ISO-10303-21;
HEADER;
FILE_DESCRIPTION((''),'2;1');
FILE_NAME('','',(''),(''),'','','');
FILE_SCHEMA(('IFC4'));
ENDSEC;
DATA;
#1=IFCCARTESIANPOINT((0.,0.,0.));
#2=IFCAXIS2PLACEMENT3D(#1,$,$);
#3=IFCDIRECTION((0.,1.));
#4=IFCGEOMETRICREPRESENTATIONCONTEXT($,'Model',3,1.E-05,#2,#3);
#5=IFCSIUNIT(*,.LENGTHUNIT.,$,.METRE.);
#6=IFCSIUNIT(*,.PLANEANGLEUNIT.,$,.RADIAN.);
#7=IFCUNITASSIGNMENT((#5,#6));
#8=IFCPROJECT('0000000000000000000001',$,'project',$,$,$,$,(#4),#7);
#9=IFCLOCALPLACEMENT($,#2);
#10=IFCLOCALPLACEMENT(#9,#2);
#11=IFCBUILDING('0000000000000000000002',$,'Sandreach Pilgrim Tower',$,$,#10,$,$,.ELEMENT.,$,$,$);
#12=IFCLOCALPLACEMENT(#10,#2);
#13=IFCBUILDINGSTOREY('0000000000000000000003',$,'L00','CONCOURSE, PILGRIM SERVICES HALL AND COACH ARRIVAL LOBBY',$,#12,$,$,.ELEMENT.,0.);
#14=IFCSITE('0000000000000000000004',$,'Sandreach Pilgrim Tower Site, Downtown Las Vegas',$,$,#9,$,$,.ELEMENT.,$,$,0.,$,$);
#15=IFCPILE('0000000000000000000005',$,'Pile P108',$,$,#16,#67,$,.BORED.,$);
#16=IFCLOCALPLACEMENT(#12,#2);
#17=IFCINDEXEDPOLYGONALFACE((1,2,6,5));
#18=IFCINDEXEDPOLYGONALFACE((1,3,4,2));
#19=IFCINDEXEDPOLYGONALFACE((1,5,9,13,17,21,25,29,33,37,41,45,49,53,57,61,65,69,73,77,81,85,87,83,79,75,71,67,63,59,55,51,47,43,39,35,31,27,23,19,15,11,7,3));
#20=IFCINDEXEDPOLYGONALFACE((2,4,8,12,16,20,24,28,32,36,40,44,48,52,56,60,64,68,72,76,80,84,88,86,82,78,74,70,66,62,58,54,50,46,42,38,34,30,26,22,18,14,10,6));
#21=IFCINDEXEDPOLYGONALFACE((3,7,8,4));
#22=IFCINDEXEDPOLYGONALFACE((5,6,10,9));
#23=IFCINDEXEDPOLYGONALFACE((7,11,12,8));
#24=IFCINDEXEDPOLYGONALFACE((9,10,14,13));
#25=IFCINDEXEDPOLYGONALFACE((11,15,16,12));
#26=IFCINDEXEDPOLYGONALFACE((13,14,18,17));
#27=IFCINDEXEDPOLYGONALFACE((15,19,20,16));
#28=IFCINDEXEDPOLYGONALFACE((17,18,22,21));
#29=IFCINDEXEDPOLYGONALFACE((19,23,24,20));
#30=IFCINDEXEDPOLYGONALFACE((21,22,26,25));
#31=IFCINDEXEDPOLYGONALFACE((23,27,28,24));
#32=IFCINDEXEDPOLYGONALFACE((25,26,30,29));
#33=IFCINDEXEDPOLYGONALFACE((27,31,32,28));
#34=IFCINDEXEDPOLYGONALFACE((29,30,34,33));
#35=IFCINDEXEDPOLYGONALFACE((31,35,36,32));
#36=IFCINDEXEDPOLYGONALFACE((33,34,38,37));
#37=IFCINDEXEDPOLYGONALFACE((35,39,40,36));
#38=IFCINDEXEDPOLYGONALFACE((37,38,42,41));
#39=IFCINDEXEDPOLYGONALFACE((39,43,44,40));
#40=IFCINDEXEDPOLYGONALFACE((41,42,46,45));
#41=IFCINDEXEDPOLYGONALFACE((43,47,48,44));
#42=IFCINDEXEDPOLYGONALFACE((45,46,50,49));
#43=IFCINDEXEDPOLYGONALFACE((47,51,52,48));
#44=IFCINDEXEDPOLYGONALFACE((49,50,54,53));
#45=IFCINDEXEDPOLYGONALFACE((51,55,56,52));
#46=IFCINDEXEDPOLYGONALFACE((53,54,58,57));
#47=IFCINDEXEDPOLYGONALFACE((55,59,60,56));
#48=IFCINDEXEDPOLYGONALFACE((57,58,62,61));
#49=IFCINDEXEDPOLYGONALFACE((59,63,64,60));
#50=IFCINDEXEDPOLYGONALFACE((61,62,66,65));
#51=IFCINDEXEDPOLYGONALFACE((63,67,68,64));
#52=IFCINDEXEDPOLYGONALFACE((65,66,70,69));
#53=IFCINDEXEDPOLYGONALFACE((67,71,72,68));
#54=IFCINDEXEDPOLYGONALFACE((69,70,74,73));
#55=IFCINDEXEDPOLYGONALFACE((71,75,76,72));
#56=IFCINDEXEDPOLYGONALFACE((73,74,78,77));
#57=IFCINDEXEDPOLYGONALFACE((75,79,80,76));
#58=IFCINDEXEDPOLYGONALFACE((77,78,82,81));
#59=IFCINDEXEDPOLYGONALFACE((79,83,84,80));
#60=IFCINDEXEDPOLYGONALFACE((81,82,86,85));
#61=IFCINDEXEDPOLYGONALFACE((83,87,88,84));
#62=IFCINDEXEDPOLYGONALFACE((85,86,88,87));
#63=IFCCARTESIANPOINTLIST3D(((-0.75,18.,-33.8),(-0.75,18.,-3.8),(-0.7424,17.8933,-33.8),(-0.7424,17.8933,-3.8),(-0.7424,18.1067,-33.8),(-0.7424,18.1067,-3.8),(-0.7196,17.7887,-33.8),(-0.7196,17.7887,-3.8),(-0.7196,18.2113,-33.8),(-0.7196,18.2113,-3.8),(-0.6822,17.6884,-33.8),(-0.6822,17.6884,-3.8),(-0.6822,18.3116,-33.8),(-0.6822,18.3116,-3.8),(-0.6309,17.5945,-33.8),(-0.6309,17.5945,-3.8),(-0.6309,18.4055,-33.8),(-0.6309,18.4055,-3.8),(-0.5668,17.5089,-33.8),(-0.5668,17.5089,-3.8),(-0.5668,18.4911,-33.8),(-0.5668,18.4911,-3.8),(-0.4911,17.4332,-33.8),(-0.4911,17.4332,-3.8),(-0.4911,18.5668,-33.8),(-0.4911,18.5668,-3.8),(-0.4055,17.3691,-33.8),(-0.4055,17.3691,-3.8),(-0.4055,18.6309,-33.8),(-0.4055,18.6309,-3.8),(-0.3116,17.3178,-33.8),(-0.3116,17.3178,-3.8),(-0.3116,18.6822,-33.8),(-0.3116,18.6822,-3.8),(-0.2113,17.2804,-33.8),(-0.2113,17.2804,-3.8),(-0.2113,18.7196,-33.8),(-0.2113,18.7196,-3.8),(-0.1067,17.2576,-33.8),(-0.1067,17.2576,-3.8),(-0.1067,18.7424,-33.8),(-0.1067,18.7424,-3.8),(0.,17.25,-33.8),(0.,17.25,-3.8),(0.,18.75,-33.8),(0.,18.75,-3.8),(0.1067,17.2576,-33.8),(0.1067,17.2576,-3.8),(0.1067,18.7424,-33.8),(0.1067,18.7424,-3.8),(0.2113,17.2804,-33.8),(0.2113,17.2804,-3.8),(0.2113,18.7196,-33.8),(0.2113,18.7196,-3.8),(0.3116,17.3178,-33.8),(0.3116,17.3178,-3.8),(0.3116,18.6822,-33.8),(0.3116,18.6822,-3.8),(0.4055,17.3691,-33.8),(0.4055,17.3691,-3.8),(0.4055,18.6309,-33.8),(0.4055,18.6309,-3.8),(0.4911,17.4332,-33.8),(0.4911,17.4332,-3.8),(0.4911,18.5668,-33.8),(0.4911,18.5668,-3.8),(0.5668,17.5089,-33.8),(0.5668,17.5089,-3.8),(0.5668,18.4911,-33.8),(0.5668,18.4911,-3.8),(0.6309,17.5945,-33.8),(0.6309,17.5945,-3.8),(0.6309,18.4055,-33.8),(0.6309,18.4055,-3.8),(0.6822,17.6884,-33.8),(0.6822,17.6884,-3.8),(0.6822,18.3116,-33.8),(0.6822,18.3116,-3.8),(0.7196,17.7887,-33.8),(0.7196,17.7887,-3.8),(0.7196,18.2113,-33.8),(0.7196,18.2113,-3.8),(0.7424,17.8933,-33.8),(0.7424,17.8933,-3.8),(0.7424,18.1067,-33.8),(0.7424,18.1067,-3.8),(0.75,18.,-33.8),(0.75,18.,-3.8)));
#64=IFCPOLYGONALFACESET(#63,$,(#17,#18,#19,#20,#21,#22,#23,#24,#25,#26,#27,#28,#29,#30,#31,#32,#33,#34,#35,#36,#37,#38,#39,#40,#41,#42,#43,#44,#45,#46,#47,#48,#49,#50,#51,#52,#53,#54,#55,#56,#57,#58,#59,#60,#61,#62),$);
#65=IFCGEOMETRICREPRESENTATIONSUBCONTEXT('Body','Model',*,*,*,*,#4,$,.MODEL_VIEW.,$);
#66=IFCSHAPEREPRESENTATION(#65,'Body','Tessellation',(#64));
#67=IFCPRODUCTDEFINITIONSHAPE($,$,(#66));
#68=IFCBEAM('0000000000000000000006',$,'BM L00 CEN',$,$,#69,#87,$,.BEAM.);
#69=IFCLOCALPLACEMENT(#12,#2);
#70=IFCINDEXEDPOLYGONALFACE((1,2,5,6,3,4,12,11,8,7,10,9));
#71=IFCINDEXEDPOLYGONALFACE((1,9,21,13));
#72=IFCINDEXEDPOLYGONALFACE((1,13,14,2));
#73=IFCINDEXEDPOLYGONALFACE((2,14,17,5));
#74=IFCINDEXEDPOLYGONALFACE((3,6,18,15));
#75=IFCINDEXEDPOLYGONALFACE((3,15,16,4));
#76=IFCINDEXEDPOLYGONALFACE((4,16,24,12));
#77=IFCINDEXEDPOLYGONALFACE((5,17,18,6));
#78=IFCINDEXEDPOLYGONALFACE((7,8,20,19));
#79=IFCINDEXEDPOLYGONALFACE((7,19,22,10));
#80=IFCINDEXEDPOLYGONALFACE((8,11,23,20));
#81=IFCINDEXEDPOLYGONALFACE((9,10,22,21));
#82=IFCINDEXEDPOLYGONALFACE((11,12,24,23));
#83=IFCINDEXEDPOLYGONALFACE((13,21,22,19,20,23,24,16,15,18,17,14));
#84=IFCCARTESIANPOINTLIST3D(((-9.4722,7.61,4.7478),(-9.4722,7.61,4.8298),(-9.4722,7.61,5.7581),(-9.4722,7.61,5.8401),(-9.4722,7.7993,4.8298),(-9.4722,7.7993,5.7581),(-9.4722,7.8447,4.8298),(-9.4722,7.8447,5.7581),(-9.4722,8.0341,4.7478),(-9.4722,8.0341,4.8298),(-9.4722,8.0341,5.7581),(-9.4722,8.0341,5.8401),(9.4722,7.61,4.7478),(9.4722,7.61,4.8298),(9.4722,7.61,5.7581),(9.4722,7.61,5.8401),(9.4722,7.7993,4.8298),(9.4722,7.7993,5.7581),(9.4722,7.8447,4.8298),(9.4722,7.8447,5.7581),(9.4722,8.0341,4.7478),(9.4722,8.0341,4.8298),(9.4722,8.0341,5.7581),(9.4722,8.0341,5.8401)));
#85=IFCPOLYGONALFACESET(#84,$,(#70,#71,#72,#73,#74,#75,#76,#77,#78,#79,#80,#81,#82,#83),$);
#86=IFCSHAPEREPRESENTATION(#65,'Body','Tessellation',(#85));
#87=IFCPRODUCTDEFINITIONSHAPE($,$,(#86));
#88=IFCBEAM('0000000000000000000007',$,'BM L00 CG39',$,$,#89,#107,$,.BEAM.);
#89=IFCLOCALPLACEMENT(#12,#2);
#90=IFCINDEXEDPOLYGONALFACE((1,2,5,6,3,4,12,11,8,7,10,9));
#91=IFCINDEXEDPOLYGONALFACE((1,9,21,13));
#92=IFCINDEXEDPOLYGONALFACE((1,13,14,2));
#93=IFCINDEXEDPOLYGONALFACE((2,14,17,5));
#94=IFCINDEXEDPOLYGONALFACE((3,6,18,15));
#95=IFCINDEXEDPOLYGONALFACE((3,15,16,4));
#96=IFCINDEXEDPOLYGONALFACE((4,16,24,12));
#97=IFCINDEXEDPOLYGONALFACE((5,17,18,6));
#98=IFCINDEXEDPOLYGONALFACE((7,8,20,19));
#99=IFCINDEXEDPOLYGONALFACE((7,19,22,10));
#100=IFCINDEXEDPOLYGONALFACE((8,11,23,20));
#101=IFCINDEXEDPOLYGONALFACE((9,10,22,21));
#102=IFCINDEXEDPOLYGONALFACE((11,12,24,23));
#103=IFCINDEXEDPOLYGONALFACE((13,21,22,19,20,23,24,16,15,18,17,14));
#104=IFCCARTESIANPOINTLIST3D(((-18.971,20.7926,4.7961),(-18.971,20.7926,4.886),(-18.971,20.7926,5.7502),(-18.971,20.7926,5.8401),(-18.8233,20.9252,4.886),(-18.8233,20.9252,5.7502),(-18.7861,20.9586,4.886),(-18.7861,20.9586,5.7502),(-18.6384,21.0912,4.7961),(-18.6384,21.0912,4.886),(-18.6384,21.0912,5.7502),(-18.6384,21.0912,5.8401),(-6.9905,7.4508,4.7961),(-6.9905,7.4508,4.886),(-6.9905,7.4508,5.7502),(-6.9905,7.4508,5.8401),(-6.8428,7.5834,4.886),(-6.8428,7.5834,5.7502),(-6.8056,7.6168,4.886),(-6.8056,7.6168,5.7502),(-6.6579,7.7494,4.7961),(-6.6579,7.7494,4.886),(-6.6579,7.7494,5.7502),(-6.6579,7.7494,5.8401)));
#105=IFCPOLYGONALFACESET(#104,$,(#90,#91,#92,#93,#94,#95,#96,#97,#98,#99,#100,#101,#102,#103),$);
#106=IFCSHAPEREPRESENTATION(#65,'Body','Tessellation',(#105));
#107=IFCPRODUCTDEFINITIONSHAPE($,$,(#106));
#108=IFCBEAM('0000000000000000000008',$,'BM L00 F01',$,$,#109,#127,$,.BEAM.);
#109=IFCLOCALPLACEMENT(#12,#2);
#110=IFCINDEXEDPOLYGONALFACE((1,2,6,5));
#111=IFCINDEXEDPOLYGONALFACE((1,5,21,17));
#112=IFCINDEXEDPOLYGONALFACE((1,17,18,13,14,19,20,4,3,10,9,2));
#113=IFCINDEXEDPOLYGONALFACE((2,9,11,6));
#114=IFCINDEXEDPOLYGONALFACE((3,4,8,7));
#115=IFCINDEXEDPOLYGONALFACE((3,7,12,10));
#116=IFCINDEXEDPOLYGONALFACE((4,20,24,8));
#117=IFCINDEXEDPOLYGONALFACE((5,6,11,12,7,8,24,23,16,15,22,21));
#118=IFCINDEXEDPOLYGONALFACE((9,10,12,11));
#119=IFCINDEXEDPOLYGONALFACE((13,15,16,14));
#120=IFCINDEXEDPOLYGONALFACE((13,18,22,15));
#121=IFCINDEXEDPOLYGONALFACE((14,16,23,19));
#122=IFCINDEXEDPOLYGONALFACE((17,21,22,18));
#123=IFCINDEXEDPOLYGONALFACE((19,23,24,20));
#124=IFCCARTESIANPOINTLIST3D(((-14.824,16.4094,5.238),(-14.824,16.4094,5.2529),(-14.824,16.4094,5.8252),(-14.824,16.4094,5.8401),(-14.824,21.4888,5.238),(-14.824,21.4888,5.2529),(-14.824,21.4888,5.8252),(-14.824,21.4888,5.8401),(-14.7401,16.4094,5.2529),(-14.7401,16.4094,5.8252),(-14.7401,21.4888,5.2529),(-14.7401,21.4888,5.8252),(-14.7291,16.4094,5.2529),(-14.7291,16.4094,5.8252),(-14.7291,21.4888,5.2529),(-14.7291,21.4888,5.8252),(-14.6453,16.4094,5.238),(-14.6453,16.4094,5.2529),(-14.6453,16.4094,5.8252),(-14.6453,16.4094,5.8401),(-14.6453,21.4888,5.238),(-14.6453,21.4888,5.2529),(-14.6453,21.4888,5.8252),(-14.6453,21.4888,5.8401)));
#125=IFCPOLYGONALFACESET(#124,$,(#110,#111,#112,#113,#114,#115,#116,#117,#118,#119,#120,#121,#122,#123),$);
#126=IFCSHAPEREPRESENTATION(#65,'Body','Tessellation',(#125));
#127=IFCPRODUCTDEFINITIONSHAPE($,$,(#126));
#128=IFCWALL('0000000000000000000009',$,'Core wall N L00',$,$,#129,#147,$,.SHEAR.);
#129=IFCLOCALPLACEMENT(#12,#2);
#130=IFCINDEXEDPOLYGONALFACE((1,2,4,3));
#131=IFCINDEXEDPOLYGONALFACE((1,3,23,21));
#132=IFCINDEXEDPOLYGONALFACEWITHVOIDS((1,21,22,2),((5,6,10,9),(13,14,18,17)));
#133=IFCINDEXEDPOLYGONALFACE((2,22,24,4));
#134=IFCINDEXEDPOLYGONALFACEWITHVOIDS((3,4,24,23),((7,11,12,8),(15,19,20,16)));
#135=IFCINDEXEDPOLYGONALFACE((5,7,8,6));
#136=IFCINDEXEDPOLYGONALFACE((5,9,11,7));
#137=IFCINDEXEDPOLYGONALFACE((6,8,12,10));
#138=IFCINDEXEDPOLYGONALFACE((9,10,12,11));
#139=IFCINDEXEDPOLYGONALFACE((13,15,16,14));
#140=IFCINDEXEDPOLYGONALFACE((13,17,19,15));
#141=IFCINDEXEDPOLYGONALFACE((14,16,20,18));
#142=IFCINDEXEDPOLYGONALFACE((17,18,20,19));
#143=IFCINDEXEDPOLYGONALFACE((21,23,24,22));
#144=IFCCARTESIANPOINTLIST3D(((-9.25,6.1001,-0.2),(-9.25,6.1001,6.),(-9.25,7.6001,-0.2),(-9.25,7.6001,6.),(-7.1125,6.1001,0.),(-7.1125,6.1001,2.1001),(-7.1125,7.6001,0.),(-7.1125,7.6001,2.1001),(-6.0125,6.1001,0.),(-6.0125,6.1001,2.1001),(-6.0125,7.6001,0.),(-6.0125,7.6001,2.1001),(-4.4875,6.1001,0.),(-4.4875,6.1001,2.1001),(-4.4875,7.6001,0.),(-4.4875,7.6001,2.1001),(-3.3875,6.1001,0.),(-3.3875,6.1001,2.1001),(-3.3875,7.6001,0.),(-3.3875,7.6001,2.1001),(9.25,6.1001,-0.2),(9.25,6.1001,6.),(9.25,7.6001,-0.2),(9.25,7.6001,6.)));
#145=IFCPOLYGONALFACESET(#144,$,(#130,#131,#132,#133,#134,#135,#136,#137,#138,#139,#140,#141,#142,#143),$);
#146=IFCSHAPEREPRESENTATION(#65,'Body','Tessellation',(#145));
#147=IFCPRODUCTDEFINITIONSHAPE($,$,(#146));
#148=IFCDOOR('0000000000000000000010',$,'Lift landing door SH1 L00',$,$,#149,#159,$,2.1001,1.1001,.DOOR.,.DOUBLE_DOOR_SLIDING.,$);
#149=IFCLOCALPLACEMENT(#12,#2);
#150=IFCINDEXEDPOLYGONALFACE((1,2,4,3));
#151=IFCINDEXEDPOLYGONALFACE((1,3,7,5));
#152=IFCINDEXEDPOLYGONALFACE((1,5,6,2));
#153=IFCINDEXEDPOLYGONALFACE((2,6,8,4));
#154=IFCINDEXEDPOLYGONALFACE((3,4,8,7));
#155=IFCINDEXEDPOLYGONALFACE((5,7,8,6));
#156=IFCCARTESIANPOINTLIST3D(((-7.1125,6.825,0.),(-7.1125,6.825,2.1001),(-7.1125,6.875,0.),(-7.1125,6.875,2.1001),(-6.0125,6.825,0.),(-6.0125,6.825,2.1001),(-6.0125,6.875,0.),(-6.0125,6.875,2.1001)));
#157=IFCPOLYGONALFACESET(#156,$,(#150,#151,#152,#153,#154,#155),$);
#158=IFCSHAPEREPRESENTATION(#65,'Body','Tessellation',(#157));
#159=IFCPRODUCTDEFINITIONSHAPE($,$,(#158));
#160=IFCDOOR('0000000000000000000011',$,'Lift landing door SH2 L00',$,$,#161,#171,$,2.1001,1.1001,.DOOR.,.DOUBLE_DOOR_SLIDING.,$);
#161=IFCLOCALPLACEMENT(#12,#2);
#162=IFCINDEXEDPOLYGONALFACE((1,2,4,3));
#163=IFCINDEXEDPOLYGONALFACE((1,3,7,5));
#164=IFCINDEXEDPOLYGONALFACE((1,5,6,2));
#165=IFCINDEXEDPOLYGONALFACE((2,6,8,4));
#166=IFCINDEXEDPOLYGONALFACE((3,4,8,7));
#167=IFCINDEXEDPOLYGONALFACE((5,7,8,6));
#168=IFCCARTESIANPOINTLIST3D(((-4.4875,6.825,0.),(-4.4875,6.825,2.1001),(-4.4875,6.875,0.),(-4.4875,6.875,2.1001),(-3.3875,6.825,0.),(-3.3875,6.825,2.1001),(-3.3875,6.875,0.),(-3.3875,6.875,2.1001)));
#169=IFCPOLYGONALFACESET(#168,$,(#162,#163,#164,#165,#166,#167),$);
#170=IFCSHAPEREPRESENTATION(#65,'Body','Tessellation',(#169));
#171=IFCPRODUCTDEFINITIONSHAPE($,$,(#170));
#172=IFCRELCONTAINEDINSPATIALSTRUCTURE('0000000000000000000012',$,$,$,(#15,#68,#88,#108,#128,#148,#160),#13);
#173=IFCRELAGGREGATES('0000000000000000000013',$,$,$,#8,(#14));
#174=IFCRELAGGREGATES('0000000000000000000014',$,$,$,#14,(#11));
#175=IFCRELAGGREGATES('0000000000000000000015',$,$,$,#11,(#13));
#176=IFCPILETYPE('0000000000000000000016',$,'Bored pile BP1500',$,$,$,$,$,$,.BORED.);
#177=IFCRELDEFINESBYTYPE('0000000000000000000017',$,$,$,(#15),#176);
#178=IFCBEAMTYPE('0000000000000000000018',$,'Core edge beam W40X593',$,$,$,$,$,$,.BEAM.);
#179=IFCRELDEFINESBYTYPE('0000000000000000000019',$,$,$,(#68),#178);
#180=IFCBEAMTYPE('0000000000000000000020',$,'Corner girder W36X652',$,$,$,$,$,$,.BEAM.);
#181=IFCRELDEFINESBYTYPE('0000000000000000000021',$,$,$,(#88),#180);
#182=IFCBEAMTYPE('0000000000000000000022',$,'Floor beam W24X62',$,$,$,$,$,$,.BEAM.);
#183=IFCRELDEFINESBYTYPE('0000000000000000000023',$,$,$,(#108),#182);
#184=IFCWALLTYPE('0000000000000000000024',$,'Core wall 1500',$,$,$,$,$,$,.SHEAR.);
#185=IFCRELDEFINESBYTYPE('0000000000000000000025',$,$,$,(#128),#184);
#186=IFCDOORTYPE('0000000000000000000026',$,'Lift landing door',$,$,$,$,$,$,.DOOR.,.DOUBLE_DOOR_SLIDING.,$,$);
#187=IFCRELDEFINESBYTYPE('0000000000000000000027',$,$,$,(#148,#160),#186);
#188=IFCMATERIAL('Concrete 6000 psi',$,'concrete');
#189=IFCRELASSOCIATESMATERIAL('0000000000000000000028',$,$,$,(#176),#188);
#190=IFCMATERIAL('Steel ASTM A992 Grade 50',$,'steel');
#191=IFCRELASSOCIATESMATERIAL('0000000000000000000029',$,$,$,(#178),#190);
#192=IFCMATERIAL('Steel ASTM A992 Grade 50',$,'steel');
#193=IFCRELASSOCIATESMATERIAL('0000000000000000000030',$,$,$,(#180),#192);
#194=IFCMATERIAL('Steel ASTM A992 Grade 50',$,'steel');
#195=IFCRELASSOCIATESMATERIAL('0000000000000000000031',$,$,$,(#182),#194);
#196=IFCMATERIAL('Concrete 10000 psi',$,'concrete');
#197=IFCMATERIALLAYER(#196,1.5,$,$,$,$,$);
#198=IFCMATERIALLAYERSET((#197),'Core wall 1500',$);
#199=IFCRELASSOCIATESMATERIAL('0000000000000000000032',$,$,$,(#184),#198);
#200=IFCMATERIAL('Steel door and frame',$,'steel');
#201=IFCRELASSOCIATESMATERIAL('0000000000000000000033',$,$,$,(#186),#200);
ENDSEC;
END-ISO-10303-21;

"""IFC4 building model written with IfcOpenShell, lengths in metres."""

from ifc_helpers import new_model, si_unit, direction, frame, frame_2d, origin, origin_2d, place, context, subcontext, project, spatial, rectangle, circle, i_section, extrude, material, layer, layer_set, material_profile, profile_set, type_object, element, fill, save


model = new_model("IFC4")

# Units and contexts
model_context = context("Model", 3, precision=1e-05, world=origin(), true_north=direction((0.0, 1.0)))
body_context = subcontext(model_context, "Body", "Model", "MODEL_VIEW")
ifc_project = project(units=[si_unit("LENGTHUNIT", "METRE"), si_unit("PLANEANGLEUNIT", "RADIAN")], contexts=[model_context])

# Site, building, storey
site_placement = place(None, origin())
site = spatial("IfcSite", under=ifc_project, at=site_placement, Name="Sandreach Pilgrim Tower Site, Downtown Las Vegas", CompositionType="ELEMENT", RefElevation=0.0)
building_placement = place(site_placement, origin())
building = spatial("IfcBuilding", under=site, at=building_placement, Name="Sandreach Pilgrim Tower", CompositionType="ELEMENT")
storey_placement = place(building_placement, origin())
storey = spatial("IfcBuildingStorey", under=building, at=storey_placement, Name="L00", Description="CONCOURSE, PILGRIM SERVICES HALL AND COACH ARRIVAL LOBBY", CompositionType="ELEMENT", Elevation=0.0)

# Pile
ifc_material_1 = material(Name="Concrete 6000 psi", Category="concrete")
ifc_material_profile_1 = material_profile(ifc_material_1, circle(Radius=0.75, at=origin_2d()), Name="BP1500")
ifc_profile_set_1 = profile_set([ifc_material_profile_1], Name="Concrete 6000 psi")
pile_type = type_object("IfcPileType", Name="Bored pile BP1500", PredefinedType="BORED", material=ifc_profile_set_1)
for number, where, z_axis, x_axis, name in (
    (1, (0.0, 18.0, -3.8), (0.0, 0.0, -1.0), (1.0, 0.0, 0.0), "Pile P108"),
):
    element("IfcPile", number, at=place(storey_placement, frame(where, z_axis=z_axis, x_axis=x_axis)), inside=storey, type_object=pile_type, Name=name, PredefinedType="BORED", context=body_context, shape_type="SweptSolid", body=[
        extrude(circle(Radius=0.75, at=origin_2d()), origin(), (0.0, 0.0, 1.0), 30.0),
    ])

# Beams
ifc_material_2 = material(Name="Steel ASTM A992 Grade 50", Category="steel")
ifc_material_profile_2 = material_profile(ifc_material_2, i_section(OverallWidth=0.4241, OverallDepth=1.0923, WebThickness=0.0454, FlangeThickness=0.082, at=origin_2d()), Name="W40X593")
ifc_profile_set_2 = profile_set([ifc_material_profile_2], Name="Steel ASTM A992 Grade 50")
beam_type_1 = type_object("IfcBeamType", Name="Core edge beam W40X593", PredefinedType="BEAM", material=ifc_profile_set_2)
beam_1_placement = place(storey_placement, frame((-9.4722, 7.822, 5.2939), z_axis=(1.0, 0.0, 0.0), x_axis=(0.0, 1.0, 0.0)))
element("IfcBeam", 2, at=beam_1_placement, inside=storey, type_object=beam_type_1, Name="BM L00 CEN", PredefinedType="BEAM", context=body_context, shape_type="SweptSolid", body=[
    extrude(i_section(OverallWidth=0.4241, OverallDepth=1.0923, WebThickness=0.0454, FlangeThickness=0.082, at=origin_2d()), origin(), (0.0, 0.0, 1.0), 18.9443),
])
ifc_material_3 = material(Name="Steel ASTM A992 Grade 50", Category="steel")
ifc_material_profile_3 = material_profile(ifc_material_3, i_section(OverallWidth=0.447, OverallDepth=1.0439, WebThickness=0.05, FlangeThickness=0.0898, at=origin_2d()), Name="W36X652")
ifc_profile_set_3 = profile_set([ifc_material_profile_3], Name="Steel ASTM A992 Grade 50")
beam_type_2 = type_object("IfcBeamType", Name="Corner girder W36X652", PredefinedType="BEAM", material=ifc_profile_set_3)
beam_2_placement = place(storey_placement, frame((-18.8047, 20.9419, 5.3181), z_axis=(0.668128, -0.744047, 0.0), x_axis=(0.744047, 0.668128, 0.0)))
element("IfcBeam", 3, at=beam_2_placement, inside=storey, type_object=beam_type_2, Name="BM L00 CG39", PredefinedType="BEAM", context=body_context, shape_type="SweptSolid", body=[
    extrude(i_section(OverallWidth=0.447, OverallDepth=1.0439, WebThickness=0.05, FlangeThickness=0.0898, at=origin_2d()), origin(), (0.0, 0.0, 1.0), 17.9314),
])
ifc_material_4 = material(Name="Steel ASTM A992 Grade 50", Category="steel")
ifc_material_profile_4 = material_profile(ifc_material_4, i_section(OverallWidth=0.1787, OverallDepth=0.6021, WebThickness=0.011, FlangeThickness=0.0149, at=origin_2d()), Name="W24X62")
ifc_profile_set_4 = profile_set([ifc_material_profile_4], Name="Steel ASTM A992 Grade 50")
beam_type_3 = type_object("IfcBeamType", Name="Floor beam W24X62", PredefinedType="BEAM", material=ifc_profile_set_4)
beam_3_placement = place(storey_placement, frame((-14.7346, 21.4888, 5.5391), z_axis=(0.0, -1.0, 0.0), x_axis=(1.0, 0.0, 0.0)))
element("IfcBeam", 4, at=beam_3_placement, inside=storey, type_object=beam_type_3, Name="BM L00 F01", PredefinedType="BEAM", context=body_context, shape_type="SweptSolid", body=[
    extrude(i_section(OverallWidth=0.1787, OverallDepth=0.6021, WebThickness=0.011, FlangeThickness=0.0149, at=origin_2d()), origin(), (0.0, 0.0, 1.0), 5.0793),
])

# Wall, openings, doors
ifc_material_5 = material(Name="Concrete 10000 psi", Category="concrete")
ifc_layer_1 = layer(ifc_material_5, 1.5)
ifc_layer_set_1 = layer_set([ifc_layer_1], Name="Core wall 1500")
wall_type_1 = type_object("IfcWallType", Name="Core wall 1500", PredefinedType="SHEAR", material=ifc_layer_set_1)
wall_1_placement = place(storey_placement, frame((-9.25, 6.8501, -0.2), z_axis=(0.0, 0.0, 1.0), x_axis=(1.0, 0.0, 0.0)))
wall_1 = element("IfcWall", 5, at=wall_1_placement, inside=storey, type_object=wall_type_1, Name="Core wall N L00", PredefinedType="SHEAR", context=body_context, shape_type="SweptSolid", body=[
    extrude(rectangle(XDim=18.5, YDim=1.5, at=frame_2d((9.25, 0.0))), origin(), (0.0, 0.0, 1.0), 6.2),
])
opening_1_placement = place(wall_1_placement, frame((2.1375, 0.0, 0.2)))
opening_1 = element("IfcOpeningElement", 6, at=opening_1_placement, cuts=wall_1, PredefinedType="OPENING", context=body_context, shape_type="SweptSolid", body=[
    extrude(rectangle(XDim=1.1001, YDim=2.1001, at=frame_2d((0.55, 1.05))), frame((0.0, 0.75, 0.0), z_axis=(0.0, -1.0, 0.0), x_axis=(1.0, 0.0, 0.0)), (0.0, 0.0, 1.0), 1.5),
])
opening_2_placement = place(wall_1_placement, frame((4.7625, 0.0, 0.2)))
opening_2 = element("IfcOpeningElement", 7, at=opening_2_placement, cuts=wall_1, PredefinedType="OPENING", context=body_context, shape_type="SweptSolid", body=[
    extrude(rectangle(XDim=1.1001, YDim=2.1001, at=frame_2d((0.55, 1.05))), frame((0.0, 0.75, 0.0), z_axis=(0.0, -1.0, 0.0), x_axis=(1.0, 0.0, 0.0)), (0.0, 0.0, 1.0), 1.5),
])
ifc_material_6 = material(Name="Steel door and frame", Category="steel")
door_type_1 = type_object("IfcDoorType", Name="Lift landing door", OperationType="DOUBLE_DOOR_SLIDING", PredefinedType="DOOR", material=ifc_material_6)
door_1_placement = place(opening_1_placement, origin())
door_1 = element("IfcDoor", 8, at=door_1_placement, inside=storey, type_object=door_type_1, Name="Lift landing door SH1 L00", OperationType="DOUBLE_DOOR_SLIDING", OverallHeight=2.1001, OverallWidth=1.1001, PredefinedType="DOOR", context=body_context, shape_type="SweptSolid", body=[
    extrude(rectangle(XDim=1.1001, YDim=2.1001, at=frame_2d((0.55, 1.05))), frame((0.0, 0.0249, 0.0), z_axis=(0.0, -1.0, 0.0), x_axis=(1.0, 0.0, 0.0)), (0.0, 0.0, 1.0), 0.05),
])
fill(opening_1, door_1)
door_2_placement = place(opening_2_placement, origin())
door_2 = element("IfcDoor", 9, at=door_2_placement, inside=storey, type_object=door_type_1, Name="Lift landing door SH2 L00", OperationType="DOUBLE_DOOR_SLIDING", OverallHeight=2.1001, OverallWidth=1.1001, PredefinedType="DOOR", context=body_context, shape_type="SweptSolid", body=[
    extrude(rectangle(XDim=1.1001, YDim=2.1001, at=frame_2d((0.55, 1.05))), frame((0.0, 0.0249, 0.0), z_axis=(0.0, -1.0, 0.0), x_axis=(1.0, 0.0, 0.0)), (0.0, 0.0, 1.0), 0.05),
])
fill(opening_2, door_2)

save(model, "model.ifc")
